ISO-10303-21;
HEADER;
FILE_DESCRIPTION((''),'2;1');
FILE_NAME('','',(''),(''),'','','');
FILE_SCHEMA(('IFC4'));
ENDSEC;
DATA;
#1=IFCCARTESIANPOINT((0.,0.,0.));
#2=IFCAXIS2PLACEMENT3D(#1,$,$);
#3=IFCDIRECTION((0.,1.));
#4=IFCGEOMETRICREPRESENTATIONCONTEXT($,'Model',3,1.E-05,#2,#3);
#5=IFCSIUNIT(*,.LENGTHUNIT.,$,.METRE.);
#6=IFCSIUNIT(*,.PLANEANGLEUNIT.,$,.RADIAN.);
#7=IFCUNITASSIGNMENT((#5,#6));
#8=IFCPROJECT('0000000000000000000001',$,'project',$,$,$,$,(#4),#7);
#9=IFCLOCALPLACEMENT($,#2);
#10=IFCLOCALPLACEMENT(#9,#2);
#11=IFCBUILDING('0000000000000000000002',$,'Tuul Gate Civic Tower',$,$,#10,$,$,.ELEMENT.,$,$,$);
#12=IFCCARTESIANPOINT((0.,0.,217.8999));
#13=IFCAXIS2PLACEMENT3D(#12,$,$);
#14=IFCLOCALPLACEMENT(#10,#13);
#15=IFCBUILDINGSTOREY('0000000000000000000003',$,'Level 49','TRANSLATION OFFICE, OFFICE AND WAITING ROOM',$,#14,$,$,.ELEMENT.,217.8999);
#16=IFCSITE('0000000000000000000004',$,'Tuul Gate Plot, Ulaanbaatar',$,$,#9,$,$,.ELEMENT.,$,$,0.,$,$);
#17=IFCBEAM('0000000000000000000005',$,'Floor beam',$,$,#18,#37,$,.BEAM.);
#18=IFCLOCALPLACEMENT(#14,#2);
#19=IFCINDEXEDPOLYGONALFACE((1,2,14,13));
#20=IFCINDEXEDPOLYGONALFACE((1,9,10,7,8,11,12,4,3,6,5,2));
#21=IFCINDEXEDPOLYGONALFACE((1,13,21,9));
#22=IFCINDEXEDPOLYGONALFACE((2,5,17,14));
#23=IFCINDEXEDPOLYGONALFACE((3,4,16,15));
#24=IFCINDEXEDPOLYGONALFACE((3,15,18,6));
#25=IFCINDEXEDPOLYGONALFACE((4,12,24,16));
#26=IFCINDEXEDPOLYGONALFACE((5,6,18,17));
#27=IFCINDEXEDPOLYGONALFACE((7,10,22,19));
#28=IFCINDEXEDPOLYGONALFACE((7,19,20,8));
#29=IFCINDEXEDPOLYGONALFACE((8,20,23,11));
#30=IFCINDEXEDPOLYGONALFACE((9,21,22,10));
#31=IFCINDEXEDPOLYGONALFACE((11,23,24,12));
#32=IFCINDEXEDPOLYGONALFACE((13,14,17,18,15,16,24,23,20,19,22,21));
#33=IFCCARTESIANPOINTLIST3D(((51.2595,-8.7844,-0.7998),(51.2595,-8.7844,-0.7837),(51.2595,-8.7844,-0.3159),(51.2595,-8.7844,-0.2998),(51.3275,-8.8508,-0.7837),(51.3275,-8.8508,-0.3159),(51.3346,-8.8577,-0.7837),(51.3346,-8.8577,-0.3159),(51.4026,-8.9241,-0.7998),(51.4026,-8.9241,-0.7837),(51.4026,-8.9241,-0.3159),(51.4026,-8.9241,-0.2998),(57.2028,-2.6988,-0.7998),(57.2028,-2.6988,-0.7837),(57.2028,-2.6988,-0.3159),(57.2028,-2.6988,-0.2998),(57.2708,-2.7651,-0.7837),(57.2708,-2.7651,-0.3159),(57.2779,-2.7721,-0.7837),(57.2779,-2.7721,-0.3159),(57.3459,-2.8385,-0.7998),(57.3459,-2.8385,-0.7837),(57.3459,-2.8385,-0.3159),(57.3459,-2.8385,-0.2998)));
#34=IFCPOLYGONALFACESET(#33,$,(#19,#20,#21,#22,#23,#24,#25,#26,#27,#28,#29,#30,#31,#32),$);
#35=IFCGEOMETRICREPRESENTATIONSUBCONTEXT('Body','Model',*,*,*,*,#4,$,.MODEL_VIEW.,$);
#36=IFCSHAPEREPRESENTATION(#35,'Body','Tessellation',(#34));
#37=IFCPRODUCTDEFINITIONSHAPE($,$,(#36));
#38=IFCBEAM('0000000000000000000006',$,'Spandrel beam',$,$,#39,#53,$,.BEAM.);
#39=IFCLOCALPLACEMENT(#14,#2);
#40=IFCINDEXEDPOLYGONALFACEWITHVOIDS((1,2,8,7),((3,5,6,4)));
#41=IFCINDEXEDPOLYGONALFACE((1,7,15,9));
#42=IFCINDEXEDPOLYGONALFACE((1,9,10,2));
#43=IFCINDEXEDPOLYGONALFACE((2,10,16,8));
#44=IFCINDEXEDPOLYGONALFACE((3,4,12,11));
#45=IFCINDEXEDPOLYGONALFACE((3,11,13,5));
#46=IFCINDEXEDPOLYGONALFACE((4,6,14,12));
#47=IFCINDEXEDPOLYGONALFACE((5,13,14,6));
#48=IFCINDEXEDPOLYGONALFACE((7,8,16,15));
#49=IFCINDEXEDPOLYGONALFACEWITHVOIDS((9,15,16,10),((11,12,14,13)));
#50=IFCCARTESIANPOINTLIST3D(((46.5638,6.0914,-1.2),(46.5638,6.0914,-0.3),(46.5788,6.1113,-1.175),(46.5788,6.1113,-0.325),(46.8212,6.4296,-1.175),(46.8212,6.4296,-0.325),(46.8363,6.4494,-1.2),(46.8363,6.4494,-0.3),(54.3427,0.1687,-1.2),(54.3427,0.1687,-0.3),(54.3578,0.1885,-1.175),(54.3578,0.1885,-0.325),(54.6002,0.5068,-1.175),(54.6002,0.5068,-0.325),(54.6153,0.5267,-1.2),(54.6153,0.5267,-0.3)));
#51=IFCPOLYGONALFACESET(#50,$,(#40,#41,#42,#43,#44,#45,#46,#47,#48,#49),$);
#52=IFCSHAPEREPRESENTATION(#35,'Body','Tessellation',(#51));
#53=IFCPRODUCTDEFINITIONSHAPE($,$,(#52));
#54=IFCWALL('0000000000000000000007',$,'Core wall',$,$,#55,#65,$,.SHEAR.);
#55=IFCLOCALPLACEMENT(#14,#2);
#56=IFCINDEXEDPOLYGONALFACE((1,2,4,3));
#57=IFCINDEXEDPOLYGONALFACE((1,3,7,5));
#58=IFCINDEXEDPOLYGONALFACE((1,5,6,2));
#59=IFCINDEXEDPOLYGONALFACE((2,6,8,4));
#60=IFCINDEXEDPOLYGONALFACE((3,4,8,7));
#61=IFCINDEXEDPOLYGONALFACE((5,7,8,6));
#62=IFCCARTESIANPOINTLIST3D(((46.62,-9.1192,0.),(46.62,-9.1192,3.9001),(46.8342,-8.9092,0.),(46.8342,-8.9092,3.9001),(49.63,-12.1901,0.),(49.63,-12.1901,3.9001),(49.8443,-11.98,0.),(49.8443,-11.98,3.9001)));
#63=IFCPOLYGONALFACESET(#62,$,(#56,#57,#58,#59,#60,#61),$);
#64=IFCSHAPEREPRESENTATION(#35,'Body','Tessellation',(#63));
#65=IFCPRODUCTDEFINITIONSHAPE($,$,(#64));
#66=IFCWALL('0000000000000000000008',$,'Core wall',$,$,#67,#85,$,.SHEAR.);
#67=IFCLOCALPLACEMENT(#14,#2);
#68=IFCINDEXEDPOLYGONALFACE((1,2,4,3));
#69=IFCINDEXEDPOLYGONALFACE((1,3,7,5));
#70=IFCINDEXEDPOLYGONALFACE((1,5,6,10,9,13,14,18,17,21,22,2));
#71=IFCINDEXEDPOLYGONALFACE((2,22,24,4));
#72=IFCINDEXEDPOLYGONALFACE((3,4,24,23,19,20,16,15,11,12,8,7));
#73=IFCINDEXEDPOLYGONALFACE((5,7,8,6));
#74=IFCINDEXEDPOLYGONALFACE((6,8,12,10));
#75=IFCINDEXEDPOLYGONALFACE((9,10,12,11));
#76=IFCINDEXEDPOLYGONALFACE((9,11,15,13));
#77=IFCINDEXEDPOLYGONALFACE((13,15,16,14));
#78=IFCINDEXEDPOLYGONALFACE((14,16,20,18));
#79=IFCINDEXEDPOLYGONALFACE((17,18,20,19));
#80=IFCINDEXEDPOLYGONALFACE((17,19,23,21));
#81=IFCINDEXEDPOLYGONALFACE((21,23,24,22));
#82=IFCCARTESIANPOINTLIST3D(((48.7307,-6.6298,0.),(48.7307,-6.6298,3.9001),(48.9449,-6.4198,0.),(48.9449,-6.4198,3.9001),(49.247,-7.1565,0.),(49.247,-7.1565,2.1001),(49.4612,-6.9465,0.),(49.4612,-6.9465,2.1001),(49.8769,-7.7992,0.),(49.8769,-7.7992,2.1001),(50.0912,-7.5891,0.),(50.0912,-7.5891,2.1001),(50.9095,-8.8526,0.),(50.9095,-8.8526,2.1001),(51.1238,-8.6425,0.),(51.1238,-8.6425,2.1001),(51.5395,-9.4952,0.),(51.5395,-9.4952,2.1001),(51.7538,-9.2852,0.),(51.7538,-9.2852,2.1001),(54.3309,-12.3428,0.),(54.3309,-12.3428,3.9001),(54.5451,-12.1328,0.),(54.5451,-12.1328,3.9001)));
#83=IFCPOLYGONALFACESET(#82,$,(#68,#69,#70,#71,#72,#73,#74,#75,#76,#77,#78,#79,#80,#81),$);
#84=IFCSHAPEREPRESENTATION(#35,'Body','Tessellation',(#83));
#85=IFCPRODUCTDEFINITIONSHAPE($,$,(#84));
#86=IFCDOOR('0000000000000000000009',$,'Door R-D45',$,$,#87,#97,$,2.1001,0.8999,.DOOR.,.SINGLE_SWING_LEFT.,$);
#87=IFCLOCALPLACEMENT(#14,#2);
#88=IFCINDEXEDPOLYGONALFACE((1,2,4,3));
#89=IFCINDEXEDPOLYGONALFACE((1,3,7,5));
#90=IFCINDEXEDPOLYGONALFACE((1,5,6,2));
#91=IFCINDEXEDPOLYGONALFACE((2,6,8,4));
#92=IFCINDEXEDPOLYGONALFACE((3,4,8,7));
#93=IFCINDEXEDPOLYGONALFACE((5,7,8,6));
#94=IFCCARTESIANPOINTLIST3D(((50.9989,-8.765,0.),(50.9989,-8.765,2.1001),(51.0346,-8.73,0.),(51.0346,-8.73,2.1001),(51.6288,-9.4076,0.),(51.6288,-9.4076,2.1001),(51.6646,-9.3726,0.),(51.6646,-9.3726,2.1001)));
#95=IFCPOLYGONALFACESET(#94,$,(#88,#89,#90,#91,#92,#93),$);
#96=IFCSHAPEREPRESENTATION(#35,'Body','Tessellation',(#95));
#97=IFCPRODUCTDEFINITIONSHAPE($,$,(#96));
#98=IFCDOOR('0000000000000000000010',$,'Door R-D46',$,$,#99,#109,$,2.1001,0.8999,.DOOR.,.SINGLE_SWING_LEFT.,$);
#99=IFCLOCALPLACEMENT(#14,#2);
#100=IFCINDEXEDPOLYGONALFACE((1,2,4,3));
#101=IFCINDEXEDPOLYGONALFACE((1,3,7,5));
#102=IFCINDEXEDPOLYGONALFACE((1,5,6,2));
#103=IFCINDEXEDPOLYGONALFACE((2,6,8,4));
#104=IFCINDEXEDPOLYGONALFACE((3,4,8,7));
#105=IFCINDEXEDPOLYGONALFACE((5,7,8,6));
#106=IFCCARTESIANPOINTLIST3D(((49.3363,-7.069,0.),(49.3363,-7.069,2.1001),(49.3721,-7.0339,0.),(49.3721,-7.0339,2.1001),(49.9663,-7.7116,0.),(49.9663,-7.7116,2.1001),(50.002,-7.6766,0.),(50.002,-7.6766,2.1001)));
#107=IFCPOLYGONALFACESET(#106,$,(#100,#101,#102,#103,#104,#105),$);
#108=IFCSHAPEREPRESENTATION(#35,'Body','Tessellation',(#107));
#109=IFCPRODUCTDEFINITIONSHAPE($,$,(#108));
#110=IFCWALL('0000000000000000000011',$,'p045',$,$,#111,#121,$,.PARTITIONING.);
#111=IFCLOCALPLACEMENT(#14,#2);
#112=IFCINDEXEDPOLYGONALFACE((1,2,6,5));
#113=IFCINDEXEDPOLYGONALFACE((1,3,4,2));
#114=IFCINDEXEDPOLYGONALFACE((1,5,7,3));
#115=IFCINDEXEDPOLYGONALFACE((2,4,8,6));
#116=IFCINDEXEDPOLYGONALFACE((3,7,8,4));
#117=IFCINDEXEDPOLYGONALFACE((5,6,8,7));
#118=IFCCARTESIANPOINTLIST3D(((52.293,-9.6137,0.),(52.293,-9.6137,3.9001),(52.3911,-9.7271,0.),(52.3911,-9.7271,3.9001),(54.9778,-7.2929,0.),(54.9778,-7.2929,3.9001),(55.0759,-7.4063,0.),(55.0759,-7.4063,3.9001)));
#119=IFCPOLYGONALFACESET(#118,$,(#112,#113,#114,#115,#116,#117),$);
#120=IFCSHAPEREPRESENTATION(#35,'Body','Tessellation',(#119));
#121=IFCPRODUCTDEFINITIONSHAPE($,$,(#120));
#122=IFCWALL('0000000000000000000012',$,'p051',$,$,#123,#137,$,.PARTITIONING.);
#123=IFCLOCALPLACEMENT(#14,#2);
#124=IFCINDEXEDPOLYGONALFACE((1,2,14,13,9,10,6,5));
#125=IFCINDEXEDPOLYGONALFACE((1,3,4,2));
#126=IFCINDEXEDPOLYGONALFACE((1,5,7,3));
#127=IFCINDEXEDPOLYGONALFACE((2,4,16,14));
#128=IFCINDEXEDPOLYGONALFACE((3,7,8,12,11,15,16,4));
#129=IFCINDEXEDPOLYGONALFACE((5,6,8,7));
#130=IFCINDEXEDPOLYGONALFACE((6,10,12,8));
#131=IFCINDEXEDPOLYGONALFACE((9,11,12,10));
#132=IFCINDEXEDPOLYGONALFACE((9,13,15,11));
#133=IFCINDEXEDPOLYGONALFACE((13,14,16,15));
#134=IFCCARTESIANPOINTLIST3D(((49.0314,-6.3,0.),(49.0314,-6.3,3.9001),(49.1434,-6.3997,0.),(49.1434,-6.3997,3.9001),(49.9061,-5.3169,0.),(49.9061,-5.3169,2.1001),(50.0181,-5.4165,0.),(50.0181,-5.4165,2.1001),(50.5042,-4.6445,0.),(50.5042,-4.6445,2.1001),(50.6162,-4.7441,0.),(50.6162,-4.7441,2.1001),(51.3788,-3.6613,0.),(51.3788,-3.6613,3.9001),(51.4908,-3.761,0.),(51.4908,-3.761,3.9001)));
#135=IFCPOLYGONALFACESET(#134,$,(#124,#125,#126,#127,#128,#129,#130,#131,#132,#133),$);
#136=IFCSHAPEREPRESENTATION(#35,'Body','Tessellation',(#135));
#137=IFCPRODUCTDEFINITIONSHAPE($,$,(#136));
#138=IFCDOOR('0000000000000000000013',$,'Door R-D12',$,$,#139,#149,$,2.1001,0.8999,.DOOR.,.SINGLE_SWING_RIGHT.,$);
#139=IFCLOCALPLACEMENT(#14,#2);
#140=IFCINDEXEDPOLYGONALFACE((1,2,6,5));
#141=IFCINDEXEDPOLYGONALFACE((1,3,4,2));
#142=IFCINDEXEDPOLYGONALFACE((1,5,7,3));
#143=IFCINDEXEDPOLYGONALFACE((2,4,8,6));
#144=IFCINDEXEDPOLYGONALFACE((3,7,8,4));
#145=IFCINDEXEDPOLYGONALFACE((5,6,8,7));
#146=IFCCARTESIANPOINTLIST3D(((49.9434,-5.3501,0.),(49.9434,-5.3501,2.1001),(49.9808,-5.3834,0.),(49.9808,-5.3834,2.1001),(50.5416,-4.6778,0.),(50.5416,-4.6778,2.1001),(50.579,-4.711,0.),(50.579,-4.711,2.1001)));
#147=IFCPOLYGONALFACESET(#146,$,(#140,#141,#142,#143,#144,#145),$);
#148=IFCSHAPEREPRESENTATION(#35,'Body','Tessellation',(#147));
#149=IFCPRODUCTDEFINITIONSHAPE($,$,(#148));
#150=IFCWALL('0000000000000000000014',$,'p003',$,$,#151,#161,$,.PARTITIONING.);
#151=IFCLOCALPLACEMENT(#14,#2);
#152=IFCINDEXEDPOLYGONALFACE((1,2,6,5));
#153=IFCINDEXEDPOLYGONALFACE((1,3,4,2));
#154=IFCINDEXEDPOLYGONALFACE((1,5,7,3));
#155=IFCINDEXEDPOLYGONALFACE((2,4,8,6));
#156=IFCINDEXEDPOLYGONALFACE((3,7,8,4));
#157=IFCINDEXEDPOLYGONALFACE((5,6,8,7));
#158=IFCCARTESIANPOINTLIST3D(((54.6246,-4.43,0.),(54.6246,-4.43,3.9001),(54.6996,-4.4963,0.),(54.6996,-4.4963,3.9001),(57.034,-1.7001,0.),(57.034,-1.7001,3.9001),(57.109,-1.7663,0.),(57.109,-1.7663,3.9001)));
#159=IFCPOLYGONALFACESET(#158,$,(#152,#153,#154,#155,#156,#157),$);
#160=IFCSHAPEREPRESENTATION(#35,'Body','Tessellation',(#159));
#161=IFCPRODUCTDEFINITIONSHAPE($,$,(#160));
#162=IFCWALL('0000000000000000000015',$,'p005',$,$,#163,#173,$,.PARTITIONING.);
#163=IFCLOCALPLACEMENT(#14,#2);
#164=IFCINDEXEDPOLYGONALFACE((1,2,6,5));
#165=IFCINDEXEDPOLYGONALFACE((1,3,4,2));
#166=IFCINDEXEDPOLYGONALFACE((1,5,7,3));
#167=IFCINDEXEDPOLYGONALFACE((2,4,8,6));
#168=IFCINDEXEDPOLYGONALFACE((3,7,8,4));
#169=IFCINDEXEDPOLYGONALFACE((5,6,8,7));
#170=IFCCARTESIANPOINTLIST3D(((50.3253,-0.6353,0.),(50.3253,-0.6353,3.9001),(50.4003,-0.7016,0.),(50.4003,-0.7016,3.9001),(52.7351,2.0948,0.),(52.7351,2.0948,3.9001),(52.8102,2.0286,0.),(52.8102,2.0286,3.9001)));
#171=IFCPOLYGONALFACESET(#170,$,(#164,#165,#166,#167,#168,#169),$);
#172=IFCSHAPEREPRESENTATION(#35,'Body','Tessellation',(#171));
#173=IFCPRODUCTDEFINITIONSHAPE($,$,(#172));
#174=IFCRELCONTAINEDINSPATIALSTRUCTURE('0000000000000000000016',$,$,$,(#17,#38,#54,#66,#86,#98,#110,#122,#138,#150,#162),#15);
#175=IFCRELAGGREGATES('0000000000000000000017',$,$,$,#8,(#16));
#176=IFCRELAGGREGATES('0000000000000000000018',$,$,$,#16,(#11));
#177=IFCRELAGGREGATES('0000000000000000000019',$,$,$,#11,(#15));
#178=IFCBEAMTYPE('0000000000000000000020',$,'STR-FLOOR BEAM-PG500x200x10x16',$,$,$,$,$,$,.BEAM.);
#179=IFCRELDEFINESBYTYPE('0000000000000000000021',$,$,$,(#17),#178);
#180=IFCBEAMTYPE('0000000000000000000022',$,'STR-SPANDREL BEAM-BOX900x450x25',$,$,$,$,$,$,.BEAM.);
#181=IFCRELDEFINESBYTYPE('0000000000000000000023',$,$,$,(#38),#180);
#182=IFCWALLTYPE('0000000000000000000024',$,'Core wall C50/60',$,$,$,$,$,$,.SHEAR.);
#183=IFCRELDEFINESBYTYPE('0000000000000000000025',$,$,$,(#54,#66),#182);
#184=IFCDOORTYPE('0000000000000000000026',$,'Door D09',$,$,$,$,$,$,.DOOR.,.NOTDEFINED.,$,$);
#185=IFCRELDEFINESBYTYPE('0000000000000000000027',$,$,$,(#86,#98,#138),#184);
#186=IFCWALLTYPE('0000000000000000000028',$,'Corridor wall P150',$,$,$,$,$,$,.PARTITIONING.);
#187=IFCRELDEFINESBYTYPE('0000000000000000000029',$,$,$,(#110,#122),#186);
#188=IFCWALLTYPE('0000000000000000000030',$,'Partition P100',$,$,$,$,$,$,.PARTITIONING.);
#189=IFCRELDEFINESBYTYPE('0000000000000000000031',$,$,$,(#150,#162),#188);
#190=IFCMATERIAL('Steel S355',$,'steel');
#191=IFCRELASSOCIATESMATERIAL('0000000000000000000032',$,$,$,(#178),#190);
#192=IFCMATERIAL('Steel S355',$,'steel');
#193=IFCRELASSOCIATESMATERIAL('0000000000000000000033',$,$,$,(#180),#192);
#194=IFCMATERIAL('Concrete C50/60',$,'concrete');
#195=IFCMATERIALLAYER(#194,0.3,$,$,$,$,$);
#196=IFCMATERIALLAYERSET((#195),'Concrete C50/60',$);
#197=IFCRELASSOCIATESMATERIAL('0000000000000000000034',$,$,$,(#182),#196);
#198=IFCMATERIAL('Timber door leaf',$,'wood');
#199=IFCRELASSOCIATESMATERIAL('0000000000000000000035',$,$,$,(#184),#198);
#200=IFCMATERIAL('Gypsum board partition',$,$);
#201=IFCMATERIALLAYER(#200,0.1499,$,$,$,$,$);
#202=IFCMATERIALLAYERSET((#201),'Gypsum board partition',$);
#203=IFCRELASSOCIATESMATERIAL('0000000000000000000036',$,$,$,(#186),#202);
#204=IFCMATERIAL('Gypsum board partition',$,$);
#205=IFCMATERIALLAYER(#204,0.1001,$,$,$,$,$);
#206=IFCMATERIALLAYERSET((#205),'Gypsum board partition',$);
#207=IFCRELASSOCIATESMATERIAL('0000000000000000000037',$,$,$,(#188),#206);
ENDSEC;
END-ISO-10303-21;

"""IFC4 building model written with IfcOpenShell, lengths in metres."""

from ifc_helpers import new_model, si_unit, direction, frame, frame_2d, origin, origin_2d, place, context, subcontext, project, spatial, rectangle, hollow_rectangle, i_section, extrude, material, layer, layer_set, material_profile, profile_set, type_object, element, fill, save


model = new_model("IFC4")

# Units and contexts
model_context = context("Model", 3, precision=1e-05, world=origin(), true_north=direction((0.0, 1.0)))
body_context = subcontext(model_context, "Body", "Model", "MODEL_VIEW")
ifc_project = project(units=[si_unit("LENGTHUNIT", "METRE"), si_unit("PLANEANGLEUNIT", "RADIAN")], contexts=[model_context])

# Site, building, storey
site_placement = place(None, origin())
site = spatial("IfcSite", under=ifc_project, at=site_placement, Name="Tuul Gate Plot, Ulaanbaatar", CompositionType="ELEMENT", RefElevation=0.0)
building_placement = place(site_placement, origin())
building = spatial("IfcBuilding", under=site, at=building_placement, Name="Tuul Gate Civic Tower", CompositionType="ELEMENT")
storey_placement = place(building_placement, frame((0.0, 0.0, 217.8999)))
storey = spatial("IfcBuildingStorey", under=building, at=storey_placement, Name="Level 49", Description="TRANSLATION OFFICE, OFFICE AND WAITING ROOM", CompositionType="ELEMENT", Elevation=217.8999)

# Beams
ifc_material_1 = material(Name="Steel S355", Category="steel")
ifc_material_profile_1 = material_profile(ifc_material_1, i_section(OverallWidth=0.2, OverallDepth=0.5, WebThickness=0.01, FlangeThickness=0.0161, at=origin_2d()), Name="PG500x200x10x16")
ifc_profile_set_1 = profile_set([ifc_material_profile_1], Name="Steel S355")
beam_type_1 = type_object("IfcBeamType", Name="STR-FLOOR BEAM-PG500x200x10x16", PredefinedType="BEAM", material=ifc_profile_set_1)
beam_1_placement = place(storey_placement, frame((51.3311, -8.8542, -0.5498), z_axis=(0.698691, 0.715424, 0.0), x_axis=(-0.715424, 0.698691, 0.0)))
element("IfcBeam", 1, at=beam_1_placement, inside=storey, type_object=beam_type_1, Name="Floor beam", PredefinedType="BEAM", context=body_context, shape_type="SweptSolid", body=[
    extrude(i_section(OverallWidth=0.2, OverallDepth=0.5, WebThickness=0.01, FlangeThickness=0.0161, at=origin_2d()), origin(), (0.0, 0.0, 1.0), 8.5063),
])
ifc_material_2 = material(Name="Steel S355", Category="steel")
ifc_material_profile_2 = material_profile(ifc_material_2, hollow_rectangle(XDim=0.45, YDim=0.8999, WallThickness=0.0249, at=origin_2d()), Name="BOX900x450x25")
ifc_profile_set_2 = profile_set([ifc_material_profile_2], Name="Steel S355")
beam_type_2 = type_object("IfcBeamType", Name="STR-SPANDREL BEAM-BOX900x450x25", PredefinedType="BEAM", material=ifc_profile_set_2)
beam_2_placement = place(storey_placement, frame((54.479, 0.3477, -0.75), z_axis=(-0.795631, 0.605781, 0.0), x_axis=(-0.605781, -0.795631, 0.0)))
element("IfcBeam", 2, at=beam_2_placement, inside=storey, type_object=beam_type_2, Name="Spandrel beam", PredefinedType="BEAM", context=body_context, shape_type="SweptSolid", body=[
    extrude(hollow_rectangle(XDim=0.45, YDim=0.8999, WallThickness=0.0249, at=origin_2d()), origin(), (0.0, 0.0, 1.0), 9.7771),
])

# Wall
ifc_material_3 = material(Name="Concrete C50/60", Category="concrete")
ifc_layer_1 = layer(ifc_material_3, 0.3)
ifc_layer_set_1 = layer_set([ifc_layer_1], Name="Concrete C50/60")
wall_type_1 = type_object("IfcWallType", Name="Core wall C50/60", PredefinedType="SHEAR", material=ifc_layer_set_1)
wall_1_placement = place(storey_placement, frame((49.7371, -12.085, 0.0), z_axis=(0.0, 0.0, 1.0), x_axis=(-0.700003, 0.71414, 0.0)))
element("IfcWall", 3, at=wall_1_placement, inside=storey, type_object=wall_type_1, Name="Core wall", PredefinedType="SHEAR", context=body_context, shape_type="SweptSolid", body=[
    extrude(rectangle(XDim=4.3, YDim=0.3, at=frame_2d((2.1499, 0.0))), origin(), (0.0, 0.0, 1.0), 3.9001),
])

# Wall, openings, doors
wall_2_placement = place(storey_placement, frame((54.438, -12.2378, 0.0), z_axis=(0.0, 0.0, 1.0), x_axis=(-0.700022, 0.714121, 0.0)))
wall_2 = element("IfcWall", 4, at=wall_2_placement, inside=storey, type_object=wall_type_1, Name="Core wall", PredefinedType="SHEAR", context=body_context, shape_type="SweptSolid", body=[
    extrude(rectangle(XDim=8.0, YDim=0.3, at=frame_2d((4.0, 0.0))), origin(), (0.0, 0.0, 1.0), 3.9001),
])
opening_1_placement = place(wall_2_placement, frame((3.9875, 0.0, 0.0)))
opening_1 = element("IfcOpeningElement", 5, at=opening_1_placement, cuts=wall_2, PredefinedType="OPENING", context=body_context, shape_type="SweptSolid", body=[
    extrude(rectangle(XDim=0.8999, YDim=2.1001, at=frame_2d((0.45, 1.05))), frame((0.0, 0.1602, 0.0), z_axis=(0.0, -1.0, 0.0), x_axis=(1.0, 0.0, 0.0)), (0.0, 0.0, 1.0), 0.3201),
])
opening_2_placement = place(wall_2_placement, frame((6.3625, 0.0, 0.0)))
opening_2 = element("IfcOpeningElement", 6, at=opening_2_placement, cuts=wall_2, PredefinedType="OPENING", context=body_context, shape_type="SweptSolid", body=[
    extrude(rectangle(XDim=0.8999, YDim=2.1001, at=frame_2d((0.45, 1.05))), frame((0.0, 0.1602, 0.0), z_axis=(0.0, -1.0, 0.0), x_axis=(1.0, 0.0, 0.0)), (0.0, 0.0, 1.0), 0.3201),
])
ifc_material_4 = material(Name="Timber door leaf", Category="wood")
door_type = type_object("IfcDoorType", Name="Door D09", OperationType="NOTDEFINED", PredefinedType="DOOR", material=ifc_material_4)
door_1_placement = place(opening_1_placement, origin())
door_1 = element("IfcDoor", 7, at=door_1_placement, inside=storey, type_object=door_type, Name="Door R-D45", OperationType="SINGLE_SWING_LEFT", OverallHeight=2.1001, OverallWidth=0.8999, PredefinedType="DOOR", context=body_context, shape_type="SweptSolid", body=[
    extrude(rectangle(XDim=0.8999, YDim=2.1001, at=frame_2d((0.45, 1.05))), frame((0.0, 0.0249, 0.0), z_axis=(0.0, -1.0, 0.0), x_axis=(1.0, 0.0, 0.0)), (0.0, 0.0, 1.0), 0.05),
])
fill(opening_1, door_1)
door_2_placement = place(opening_2_placement, origin())
door_2 = element("IfcDoor", 8, at=door_2_placement, inside=storey, type_object=door_type, Name="Door R-D46", OperationType="SINGLE_SWING_LEFT", OverallHeight=2.1001, OverallWidth=0.8999, PredefinedType="DOOR", context=body_context, shape_type="SweptSolid", body=[
    extrude(rectangle(XDim=0.8999, YDim=2.1001, at=frame_2d((0.45, 1.05))), frame((0.0, 0.0249, 0.0), z_axis=(0.0, -1.0, 0.0), x_axis=(1.0, 0.0, 0.0)), (0.0, 0.0, 1.0), 0.05),
])
fill(opening_2, door_2)

# Wall
ifc_material_5 = material(Name="Gypsum board partition")
ifc_layer_2 = layer(ifc_material_5, 0.1499)
ifc_layer_set_2 = layer_set([ifc_layer_2], Name="Gypsum board partition")
wall_type_2 = type_object("IfcWallType", Name="Corridor wall P150", PredefinedType="PARTITIONING", material=ifc_layer_set_2)
wall_3_placement = place(storey_placement, frame((52.342, -9.6704, 0.0), z_axis=(0.0, 0.0, 1.0), x_axis=(0.756531, 0.653958, 0.0)))
element("IfcWall", 9, at=wall_3_placement, inside=storey, type_object=wall_type_2, Name="p045", PredefinedType="PARTITIONING", context=body_context, shape_type="SweptSolid", body=[
    extrude(rectangle(XDim=3.5488, YDim=0.1499, at=frame_2d((1.7744, 0.0))), origin(), (0.0, 0.0, 1.0), 3.9001),
])

# Wall, opening, door
wall_4_placement = place(storey_placement, frame((49.0874, -6.3499, 0.0), z_axis=(0.0, 0.0, 1.0), x_axis=(0.664668, 0.747138, 0.0)))
wall_4 = element("IfcWall", 10, at=wall_4_placement, inside=storey, type_object=wall_type_2, Name="p051", PredefinedType="PARTITIONING", context=body_context, shape_type="SweptSolid", body=[
    extrude(rectangle(XDim=3.5317, YDim=0.1499, at=frame_2d((1.7659, 0.0))), origin(), (0.0, 0.0, 1.0), 3.9001),
])
opening_3_placement = place(wall_4_placement, frame((1.3159, 0.0, 0.0)))
opening_3 = element("IfcOpeningElement", 11, at=opening_3_placement, cuts=wall_4, PredefinedType="OPENING", context=body_context, shape_type="SweptSolid", body=[
    extrude(rectangle(XDim=0.8999, YDim=2.1001, at=frame_2d((0.45, 1.05))), frame((0.0, 0.085, 0.0), z_axis=(0.0, -1.0, 0.0), x_axis=(1.0, 0.0, 0.0)), (0.0, 0.0, 1.0), 0.1699),
])
door_3_placement = place(opening_3_placement, origin())
door_3 = element("IfcDoor", 12, at=door_3_placement, inside=storey, type_object=door_type, Name="Door R-D12", OperationType="SINGLE_SWING_RIGHT", OverallHeight=2.1001, OverallWidth=0.8999, PredefinedType="DOOR", context=body_context, shape_type="SweptSolid", body=[
    extrude(rectangle(XDim=0.8999, YDim=2.1001, at=frame_2d((0.45, 1.05))), frame((0.0, 0.0249, 0.0), z_axis=(0.0, -1.0, 0.0), x_axis=(1.0, 0.0, 0.0)), (0.0, 0.0, 1.0), 0.05),
])
fill(opening_3, door_3)

# Walls
ifc_material_6 = material(Name="Gypsum board partition")
ifc_layer_3 = layer(ifc_material_6, 0.1001)
ifc_layer_set_3 = layer_set([ifc_layer_3], Name="Gypsum board partition")
wall_type_3 = type_object("IfcWallType", Name="Partition P100", PredefinedType="PARTITIONING", material=ifc_layer_set_3)
wall_5_placement = place(storey_placement, frame((54.6621, -4.4631, 0.0), z_axis=(0.0, 0.0, 1.0), x_axis=(0.661717, 0.749754, 0.0)))
element("IfcWall", 13, at=wall_5_placement, inside=storey, type_object=wall_type_3, Name="p003", PredefinedType="PARTITIONING", context=body_context, shape_type="SweptSolid", body=[
    extrude(rectangle(XDim=3.6411, YDim=0.1001, at=frame_2d((1.8206, 0.0))), origin(), (0.0, 0.0, 1.0), 3.9001),
])
wall_6_placement = place(storey_placement, frame((50.3628, -0.6685, 0.0), z_axis=(0.0, 0.0, 1.0), x_axis=(0.661759, 0.749717, 0.0)))
element("IfcWall", 14, at=wall_6_placement, inside=storey, type_object=wall_type_3, Name="p005", PredefinedType="PARTITIONING", context=body_context, shape_type="SweptSolid", body=[
    extrude(rectangle(XDim=3.6416, YDim=0.1001, at=frame_2d((1.8208, 0.0))), origin(), (0.0, 0.0, 1.0), 3.9001),
])

save(model, "model.ifc")
